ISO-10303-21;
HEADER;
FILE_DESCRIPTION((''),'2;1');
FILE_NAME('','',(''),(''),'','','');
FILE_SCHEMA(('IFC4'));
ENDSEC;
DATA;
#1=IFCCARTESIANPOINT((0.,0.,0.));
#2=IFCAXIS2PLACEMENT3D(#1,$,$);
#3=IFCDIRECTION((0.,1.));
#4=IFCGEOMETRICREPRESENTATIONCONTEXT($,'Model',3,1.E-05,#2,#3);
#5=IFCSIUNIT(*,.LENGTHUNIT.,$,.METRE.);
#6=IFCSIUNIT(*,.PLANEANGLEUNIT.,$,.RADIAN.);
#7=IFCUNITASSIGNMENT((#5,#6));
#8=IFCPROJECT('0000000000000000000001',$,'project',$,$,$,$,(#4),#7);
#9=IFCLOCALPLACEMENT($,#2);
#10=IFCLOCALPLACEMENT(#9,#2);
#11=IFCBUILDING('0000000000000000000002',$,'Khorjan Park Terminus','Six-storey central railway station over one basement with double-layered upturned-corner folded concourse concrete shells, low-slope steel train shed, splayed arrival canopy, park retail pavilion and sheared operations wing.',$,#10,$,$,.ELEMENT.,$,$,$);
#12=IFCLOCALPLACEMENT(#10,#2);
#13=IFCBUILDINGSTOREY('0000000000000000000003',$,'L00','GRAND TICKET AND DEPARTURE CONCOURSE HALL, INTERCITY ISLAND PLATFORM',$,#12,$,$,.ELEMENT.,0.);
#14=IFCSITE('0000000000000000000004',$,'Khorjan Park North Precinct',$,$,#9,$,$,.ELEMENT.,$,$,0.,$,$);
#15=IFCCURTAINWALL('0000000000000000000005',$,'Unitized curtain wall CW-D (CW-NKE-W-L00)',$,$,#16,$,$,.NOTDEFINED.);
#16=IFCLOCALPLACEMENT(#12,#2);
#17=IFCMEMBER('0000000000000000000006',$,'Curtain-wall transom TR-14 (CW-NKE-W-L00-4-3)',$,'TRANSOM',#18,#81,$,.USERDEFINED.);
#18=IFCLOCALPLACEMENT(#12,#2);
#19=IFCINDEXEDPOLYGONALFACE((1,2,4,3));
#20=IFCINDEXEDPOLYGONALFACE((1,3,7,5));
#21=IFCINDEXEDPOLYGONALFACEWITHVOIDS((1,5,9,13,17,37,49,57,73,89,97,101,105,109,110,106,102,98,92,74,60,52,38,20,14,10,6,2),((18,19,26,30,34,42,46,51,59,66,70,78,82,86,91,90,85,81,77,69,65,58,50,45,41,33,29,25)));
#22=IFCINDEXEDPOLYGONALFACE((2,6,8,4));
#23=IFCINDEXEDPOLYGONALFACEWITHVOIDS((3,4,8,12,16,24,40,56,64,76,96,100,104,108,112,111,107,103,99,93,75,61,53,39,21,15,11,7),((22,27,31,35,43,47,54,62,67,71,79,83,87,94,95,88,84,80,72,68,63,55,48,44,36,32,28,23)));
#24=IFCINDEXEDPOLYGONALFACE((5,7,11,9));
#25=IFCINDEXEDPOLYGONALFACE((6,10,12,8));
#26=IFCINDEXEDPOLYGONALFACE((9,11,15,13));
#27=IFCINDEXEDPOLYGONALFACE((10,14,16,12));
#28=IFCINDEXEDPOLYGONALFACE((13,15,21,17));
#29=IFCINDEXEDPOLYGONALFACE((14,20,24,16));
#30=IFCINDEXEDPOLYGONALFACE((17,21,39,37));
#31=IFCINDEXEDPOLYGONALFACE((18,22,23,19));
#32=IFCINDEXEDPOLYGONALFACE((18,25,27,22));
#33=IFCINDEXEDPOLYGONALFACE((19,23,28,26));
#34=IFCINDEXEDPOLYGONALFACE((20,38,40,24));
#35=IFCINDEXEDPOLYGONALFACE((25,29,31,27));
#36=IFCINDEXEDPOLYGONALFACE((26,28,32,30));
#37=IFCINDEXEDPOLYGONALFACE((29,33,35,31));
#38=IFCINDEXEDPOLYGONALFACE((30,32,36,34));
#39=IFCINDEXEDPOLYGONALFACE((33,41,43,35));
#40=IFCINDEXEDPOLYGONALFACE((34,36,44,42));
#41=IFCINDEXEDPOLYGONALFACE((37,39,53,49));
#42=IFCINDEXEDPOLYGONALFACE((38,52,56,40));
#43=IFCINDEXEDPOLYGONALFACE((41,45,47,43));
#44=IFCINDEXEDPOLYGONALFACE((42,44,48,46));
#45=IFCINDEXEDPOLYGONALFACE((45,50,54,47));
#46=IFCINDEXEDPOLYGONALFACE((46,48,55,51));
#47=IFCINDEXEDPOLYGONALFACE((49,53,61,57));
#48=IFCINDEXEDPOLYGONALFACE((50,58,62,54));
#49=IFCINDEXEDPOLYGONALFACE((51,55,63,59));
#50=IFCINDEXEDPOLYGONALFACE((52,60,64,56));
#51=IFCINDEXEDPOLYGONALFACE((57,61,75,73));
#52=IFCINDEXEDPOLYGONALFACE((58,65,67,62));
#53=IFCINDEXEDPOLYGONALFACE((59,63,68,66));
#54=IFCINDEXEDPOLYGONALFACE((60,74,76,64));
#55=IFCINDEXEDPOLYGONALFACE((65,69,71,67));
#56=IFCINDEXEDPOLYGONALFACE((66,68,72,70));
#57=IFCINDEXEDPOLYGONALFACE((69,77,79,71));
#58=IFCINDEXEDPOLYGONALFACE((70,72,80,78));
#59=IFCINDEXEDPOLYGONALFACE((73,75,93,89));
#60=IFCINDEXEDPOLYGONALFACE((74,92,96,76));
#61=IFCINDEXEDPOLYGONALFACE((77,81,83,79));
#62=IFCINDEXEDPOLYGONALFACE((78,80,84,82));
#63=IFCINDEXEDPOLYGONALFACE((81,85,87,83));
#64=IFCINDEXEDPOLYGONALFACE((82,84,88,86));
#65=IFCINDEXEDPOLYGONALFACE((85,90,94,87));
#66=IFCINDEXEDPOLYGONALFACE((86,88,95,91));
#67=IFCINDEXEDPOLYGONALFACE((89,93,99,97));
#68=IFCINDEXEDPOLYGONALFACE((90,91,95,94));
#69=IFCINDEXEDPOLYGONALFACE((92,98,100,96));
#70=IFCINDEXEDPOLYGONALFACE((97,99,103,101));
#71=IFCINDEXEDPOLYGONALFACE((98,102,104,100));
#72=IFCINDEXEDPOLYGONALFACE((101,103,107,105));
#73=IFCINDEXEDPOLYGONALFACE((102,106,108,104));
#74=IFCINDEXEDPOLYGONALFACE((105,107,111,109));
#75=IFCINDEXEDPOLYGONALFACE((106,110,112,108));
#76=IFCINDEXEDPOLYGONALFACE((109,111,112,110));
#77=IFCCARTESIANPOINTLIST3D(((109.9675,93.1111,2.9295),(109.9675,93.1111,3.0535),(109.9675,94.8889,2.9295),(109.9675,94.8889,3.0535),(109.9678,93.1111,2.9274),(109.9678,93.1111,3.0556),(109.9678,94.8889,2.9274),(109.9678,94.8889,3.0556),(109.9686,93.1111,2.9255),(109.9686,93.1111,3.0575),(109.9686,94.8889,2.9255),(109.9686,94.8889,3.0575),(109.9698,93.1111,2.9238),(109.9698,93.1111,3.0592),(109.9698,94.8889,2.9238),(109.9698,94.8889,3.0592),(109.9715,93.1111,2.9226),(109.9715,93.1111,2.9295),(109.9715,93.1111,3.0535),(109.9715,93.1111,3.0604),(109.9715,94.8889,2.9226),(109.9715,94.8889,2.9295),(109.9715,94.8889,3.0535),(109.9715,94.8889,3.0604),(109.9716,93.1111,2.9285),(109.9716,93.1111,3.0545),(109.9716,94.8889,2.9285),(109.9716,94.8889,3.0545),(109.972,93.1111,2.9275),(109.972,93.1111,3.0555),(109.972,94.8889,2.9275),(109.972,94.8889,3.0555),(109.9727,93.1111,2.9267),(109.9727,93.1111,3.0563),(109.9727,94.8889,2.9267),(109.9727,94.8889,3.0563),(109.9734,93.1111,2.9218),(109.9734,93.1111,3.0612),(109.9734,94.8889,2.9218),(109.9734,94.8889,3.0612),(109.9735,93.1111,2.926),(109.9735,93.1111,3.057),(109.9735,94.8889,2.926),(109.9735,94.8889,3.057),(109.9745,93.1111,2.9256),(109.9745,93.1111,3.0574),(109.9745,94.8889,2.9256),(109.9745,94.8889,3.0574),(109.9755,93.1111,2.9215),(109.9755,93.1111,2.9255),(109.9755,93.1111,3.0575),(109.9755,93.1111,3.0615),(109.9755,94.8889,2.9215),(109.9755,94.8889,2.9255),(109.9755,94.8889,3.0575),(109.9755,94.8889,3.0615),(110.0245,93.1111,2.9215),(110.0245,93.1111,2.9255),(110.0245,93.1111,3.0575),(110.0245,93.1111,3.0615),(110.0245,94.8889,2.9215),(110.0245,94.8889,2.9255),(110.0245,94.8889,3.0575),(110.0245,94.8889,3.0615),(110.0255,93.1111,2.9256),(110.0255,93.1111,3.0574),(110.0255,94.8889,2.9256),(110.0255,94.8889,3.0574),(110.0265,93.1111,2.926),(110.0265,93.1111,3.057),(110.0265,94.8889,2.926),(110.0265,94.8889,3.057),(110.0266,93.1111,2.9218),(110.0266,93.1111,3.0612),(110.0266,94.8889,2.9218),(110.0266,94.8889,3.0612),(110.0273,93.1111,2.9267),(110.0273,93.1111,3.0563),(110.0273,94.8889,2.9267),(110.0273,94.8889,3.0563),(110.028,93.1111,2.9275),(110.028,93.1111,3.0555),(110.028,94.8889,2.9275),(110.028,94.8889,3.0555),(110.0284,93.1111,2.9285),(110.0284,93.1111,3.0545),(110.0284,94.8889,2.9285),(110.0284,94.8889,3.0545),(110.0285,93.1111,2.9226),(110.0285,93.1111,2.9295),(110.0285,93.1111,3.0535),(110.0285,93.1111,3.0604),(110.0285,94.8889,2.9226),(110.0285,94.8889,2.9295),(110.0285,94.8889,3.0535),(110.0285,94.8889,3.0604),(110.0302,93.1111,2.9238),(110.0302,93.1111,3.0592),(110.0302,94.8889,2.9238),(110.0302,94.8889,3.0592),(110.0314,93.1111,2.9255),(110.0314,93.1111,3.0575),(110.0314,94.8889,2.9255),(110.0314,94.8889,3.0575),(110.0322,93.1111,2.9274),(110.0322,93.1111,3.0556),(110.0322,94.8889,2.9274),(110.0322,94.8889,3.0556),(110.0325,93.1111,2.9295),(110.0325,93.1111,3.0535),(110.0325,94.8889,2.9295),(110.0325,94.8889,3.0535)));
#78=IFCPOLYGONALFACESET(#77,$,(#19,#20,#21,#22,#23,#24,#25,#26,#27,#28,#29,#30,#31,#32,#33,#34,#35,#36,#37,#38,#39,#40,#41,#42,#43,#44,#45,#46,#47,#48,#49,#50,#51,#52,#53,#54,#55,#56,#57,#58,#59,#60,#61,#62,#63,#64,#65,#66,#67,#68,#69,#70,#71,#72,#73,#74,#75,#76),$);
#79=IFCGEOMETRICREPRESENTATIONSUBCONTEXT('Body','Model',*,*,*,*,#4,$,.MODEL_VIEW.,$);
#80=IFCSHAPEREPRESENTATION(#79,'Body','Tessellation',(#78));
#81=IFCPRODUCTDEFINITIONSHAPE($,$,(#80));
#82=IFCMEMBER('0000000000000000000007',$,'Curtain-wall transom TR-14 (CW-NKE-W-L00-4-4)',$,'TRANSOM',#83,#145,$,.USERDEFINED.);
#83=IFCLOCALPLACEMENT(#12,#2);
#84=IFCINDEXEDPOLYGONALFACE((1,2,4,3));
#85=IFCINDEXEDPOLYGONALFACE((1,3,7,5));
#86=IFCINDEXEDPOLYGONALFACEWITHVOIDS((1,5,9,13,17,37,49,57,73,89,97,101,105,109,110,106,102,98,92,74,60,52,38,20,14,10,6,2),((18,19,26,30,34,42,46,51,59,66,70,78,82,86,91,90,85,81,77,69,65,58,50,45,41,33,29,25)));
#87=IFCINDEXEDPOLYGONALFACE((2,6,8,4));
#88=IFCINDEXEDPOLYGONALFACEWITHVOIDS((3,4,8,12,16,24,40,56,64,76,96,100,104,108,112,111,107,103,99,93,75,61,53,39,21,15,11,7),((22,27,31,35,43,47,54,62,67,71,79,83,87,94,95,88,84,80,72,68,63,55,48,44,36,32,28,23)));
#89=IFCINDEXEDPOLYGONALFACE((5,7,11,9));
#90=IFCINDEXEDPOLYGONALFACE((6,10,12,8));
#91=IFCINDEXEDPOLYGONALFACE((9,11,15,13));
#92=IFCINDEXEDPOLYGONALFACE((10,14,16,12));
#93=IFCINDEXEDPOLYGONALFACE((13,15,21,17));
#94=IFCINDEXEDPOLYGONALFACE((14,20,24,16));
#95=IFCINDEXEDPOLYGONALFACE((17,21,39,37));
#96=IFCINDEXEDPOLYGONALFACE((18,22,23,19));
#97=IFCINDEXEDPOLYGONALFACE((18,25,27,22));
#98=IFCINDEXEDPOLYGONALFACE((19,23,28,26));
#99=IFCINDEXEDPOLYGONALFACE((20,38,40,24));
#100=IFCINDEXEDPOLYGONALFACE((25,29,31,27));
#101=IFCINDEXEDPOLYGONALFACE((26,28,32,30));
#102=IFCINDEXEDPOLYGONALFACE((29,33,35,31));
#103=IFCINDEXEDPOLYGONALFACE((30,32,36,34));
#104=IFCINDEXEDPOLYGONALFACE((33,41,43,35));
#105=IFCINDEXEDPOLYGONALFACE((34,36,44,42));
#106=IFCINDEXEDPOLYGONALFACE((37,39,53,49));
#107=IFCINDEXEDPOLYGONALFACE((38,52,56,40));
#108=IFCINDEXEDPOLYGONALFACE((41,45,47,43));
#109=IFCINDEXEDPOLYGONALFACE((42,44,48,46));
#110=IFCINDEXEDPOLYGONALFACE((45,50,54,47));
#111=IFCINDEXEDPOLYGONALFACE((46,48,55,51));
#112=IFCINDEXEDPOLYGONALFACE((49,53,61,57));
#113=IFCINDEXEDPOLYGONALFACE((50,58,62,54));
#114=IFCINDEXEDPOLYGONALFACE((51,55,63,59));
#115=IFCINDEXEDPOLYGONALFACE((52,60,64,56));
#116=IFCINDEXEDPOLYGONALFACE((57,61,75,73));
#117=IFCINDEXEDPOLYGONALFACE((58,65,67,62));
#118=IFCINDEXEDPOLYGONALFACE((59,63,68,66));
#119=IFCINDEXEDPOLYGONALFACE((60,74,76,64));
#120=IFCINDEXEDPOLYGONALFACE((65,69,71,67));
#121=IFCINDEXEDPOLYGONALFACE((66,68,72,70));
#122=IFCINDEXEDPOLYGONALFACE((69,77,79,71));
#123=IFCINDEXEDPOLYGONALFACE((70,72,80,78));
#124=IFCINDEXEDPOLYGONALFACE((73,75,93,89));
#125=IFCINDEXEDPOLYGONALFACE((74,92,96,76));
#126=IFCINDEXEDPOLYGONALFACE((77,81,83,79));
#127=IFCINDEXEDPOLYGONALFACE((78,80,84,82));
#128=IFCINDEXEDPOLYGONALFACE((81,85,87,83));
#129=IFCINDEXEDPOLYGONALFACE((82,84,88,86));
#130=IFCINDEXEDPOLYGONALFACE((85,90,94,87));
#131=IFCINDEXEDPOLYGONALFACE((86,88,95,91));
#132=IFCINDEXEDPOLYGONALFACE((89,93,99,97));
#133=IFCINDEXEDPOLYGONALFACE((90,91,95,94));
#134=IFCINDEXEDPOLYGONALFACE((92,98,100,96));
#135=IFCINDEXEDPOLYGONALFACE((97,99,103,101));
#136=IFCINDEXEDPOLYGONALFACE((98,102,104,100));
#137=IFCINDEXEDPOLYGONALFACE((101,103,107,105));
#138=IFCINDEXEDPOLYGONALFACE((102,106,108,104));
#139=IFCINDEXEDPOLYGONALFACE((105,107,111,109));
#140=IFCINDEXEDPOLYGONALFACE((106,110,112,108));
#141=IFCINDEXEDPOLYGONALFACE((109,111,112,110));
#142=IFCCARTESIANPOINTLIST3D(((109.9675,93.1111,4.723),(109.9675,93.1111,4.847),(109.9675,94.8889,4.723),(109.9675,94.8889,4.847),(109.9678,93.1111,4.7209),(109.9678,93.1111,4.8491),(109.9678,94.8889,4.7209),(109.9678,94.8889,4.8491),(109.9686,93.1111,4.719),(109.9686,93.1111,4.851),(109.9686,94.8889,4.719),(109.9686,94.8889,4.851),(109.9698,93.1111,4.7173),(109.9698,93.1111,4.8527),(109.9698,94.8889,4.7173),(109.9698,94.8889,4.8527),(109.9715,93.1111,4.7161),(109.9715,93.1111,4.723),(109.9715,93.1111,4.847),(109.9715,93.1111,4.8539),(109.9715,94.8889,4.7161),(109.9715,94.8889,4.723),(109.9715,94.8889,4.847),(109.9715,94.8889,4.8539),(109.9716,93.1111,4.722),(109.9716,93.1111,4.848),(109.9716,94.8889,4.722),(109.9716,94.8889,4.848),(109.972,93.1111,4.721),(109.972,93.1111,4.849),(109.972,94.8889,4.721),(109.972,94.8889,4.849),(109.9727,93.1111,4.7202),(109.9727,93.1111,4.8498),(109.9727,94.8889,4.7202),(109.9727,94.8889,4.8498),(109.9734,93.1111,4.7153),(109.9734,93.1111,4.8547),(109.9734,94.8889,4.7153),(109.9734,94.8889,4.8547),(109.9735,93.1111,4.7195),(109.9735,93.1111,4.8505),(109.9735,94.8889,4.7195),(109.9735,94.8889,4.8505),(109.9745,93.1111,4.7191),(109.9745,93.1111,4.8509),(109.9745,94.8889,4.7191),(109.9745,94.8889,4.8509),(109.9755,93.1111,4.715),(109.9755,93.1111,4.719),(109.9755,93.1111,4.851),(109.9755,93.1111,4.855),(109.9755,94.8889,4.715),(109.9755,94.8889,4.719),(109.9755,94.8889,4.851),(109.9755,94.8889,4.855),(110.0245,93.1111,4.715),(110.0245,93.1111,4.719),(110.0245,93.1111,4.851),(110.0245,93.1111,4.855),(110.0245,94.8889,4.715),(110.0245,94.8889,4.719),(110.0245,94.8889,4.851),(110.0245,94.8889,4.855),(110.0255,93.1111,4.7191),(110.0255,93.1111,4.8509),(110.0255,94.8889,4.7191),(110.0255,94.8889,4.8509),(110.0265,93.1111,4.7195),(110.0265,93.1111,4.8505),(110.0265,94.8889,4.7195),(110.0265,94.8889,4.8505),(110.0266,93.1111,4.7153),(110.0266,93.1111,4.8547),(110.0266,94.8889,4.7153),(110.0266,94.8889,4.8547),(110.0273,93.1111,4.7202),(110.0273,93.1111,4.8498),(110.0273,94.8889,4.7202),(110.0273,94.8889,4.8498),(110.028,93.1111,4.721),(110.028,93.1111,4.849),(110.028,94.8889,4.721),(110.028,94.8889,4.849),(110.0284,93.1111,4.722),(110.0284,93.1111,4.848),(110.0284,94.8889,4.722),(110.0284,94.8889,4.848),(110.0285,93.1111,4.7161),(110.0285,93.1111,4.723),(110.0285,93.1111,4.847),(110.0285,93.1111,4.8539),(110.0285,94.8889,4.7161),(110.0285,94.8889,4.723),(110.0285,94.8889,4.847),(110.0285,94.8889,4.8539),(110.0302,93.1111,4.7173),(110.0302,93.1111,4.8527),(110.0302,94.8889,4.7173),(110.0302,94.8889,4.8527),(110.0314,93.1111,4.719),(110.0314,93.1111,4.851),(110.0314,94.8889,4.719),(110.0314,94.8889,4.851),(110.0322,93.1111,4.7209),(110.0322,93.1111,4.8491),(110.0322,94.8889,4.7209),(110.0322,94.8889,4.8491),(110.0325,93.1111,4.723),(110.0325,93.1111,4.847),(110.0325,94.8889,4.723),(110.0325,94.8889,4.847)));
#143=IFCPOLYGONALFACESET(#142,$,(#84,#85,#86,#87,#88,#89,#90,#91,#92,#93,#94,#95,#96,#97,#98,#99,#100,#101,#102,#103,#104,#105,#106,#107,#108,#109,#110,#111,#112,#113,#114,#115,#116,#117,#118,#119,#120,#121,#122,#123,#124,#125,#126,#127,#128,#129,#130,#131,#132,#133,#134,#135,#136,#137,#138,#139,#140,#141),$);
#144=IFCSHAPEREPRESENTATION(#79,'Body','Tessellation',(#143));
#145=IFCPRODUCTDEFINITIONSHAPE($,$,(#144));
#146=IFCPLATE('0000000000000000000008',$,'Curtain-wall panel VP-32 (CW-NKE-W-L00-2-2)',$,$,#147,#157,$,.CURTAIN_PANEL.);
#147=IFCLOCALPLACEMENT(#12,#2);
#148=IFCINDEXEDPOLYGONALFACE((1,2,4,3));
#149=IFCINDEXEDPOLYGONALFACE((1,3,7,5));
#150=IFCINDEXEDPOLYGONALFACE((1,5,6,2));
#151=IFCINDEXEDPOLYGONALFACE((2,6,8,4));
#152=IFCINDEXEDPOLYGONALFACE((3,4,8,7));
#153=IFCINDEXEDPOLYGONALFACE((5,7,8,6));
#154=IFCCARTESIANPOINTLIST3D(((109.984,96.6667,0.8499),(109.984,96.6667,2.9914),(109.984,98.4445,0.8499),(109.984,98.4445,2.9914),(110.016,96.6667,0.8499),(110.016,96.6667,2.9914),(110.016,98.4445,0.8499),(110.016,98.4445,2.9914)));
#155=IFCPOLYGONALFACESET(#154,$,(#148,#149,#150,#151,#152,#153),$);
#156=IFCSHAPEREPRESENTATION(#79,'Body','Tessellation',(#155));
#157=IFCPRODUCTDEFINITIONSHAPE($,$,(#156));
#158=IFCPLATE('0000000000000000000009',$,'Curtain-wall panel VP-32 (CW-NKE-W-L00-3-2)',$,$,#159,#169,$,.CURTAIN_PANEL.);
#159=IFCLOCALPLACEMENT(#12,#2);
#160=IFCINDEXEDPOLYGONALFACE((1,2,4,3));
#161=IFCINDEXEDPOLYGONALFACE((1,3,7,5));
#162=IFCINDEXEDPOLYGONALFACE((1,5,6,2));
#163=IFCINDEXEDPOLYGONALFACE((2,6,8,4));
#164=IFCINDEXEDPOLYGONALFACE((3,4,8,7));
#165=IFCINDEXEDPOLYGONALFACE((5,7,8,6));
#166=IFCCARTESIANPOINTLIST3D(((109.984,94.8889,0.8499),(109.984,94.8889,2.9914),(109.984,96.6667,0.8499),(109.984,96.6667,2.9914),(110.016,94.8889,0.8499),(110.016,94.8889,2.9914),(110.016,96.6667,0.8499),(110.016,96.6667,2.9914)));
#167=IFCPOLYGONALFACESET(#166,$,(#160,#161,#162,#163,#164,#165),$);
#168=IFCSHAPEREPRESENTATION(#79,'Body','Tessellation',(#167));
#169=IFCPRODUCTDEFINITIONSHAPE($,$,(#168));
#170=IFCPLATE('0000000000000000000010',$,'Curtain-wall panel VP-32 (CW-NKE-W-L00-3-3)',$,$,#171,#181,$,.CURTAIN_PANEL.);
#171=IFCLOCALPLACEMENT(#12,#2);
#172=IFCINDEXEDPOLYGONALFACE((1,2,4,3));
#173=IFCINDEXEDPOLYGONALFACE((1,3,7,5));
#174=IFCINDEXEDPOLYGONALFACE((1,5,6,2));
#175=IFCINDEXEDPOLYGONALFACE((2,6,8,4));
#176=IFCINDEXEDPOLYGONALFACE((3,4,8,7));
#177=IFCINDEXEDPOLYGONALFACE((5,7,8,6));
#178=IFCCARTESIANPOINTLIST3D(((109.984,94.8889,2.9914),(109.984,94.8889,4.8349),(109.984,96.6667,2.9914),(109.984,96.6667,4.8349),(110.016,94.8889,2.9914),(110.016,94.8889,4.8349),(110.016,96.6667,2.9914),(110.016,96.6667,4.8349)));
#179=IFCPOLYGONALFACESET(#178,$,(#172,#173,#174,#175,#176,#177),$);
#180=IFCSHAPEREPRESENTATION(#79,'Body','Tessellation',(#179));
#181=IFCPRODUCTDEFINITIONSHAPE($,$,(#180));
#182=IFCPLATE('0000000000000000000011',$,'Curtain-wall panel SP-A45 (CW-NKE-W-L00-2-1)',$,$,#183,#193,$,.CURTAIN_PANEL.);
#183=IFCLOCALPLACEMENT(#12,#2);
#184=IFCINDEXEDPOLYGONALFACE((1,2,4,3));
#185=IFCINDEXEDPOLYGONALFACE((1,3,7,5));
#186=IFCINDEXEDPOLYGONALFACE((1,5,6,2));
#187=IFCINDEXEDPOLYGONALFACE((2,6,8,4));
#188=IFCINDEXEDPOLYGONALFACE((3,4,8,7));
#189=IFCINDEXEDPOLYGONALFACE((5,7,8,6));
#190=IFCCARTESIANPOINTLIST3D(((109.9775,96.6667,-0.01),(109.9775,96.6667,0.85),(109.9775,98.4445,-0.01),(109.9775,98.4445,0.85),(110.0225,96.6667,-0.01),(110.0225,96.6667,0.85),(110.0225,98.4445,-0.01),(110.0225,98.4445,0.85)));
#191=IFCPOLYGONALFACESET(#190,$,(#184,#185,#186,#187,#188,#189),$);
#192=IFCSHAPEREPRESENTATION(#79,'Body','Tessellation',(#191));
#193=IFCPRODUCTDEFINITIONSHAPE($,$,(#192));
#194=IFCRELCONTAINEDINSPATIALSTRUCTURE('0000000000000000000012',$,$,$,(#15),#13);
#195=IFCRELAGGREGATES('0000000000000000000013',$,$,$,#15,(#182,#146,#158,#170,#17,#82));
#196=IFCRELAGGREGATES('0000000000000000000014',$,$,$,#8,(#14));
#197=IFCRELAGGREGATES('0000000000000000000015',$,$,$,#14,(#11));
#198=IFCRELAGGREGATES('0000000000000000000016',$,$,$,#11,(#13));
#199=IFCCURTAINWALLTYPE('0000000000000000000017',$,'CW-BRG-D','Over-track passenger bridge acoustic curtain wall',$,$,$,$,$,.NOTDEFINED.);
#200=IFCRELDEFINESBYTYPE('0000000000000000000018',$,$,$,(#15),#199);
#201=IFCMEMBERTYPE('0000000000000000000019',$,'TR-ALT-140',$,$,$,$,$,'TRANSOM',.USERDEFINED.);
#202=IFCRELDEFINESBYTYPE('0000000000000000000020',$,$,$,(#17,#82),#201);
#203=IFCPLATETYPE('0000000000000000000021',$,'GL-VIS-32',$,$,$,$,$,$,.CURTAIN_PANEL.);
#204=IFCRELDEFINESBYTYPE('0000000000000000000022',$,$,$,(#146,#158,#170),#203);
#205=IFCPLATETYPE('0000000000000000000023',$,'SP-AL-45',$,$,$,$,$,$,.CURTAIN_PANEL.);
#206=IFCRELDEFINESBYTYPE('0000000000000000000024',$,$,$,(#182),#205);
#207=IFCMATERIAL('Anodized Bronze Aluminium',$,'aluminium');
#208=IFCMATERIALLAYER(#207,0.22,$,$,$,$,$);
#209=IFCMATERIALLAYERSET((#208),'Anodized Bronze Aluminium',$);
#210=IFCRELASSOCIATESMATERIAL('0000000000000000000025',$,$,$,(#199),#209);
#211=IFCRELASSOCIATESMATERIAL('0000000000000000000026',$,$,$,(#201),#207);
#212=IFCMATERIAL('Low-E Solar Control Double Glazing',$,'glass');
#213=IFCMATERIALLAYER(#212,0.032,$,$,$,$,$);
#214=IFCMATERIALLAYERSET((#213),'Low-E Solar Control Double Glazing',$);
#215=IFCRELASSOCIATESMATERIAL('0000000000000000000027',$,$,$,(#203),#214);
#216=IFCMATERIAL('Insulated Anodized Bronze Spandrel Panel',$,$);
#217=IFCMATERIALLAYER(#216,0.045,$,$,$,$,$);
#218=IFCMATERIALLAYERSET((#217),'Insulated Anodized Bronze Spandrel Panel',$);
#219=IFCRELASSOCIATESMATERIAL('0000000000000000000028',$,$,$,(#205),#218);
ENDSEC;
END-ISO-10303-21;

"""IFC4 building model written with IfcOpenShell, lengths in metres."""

from ifc_helpers import new_model, si_unit, direction, frame, origin, origin_2d, place, context, subcontext, project, spatial, rectangle, hollow_rectangle, extrude, material, layer, layer_set, material_profile, profile_set, type_object, element, aggregate, save


model = new_model("IFC4")

# Units and contexts
model_context = context("Model", 3, precision=1e-05, world=origin(), true_north=direction((0.0, 1.0)))
body_context = subcontext(model_context, "Body", "Model", "MODEL_VIEW")
ifc_project = project(units=[si_unit("LENGTHUNIT", "METRE"), si_unit("PLANEANGLEUNIT", "RADIAN")], contexts=[model_context])

# Site, building, storey
site_placement = place(None, origin())
site = spatial("IfcSite", under=ifc_project, at=site_placement, Name="Khorjan Park North Precinct", CompositionType="ELEMENT", RefElevation=0.0)
building_placement = place(site_placement, origin())
building = spatial("IfcBuilding", under=site, at=building_placement, Name="Khorjan Park Terminus", Description="Six-storey central railway station over one basement with double-layered upturned-corner folded concourse concrete shells, low-slope steel train shed, splayed arrival canopy, park retail pavilion and sheared operations wing.", CompositionType="ELEMENT")
storey_placement = place(building_placement, origin())
storey = spatial("IfcBuildingStorey", under=building, at=storey_placement, Name="L00", Description="GRAND TICKET AND DEPARTURE CONCOURSE HALL, INTERCITY ISLAND PLATFORM", CompositionType="ELEMENT", Elevation=0.0)

# Curtain wall, members, plates
ifc_material_1 = material(Name="Anodized Bronze Aluminium", Category="aluminium")
ifc_layer_1 = layer(ifc_material_1, 0.22)
ifc_layer_set_1 = layer_set([ifc_layer_1], Name="Anodized Bronze Aluminium")
curtain_wall_type = type_object("IfcCurtainWallType", Name="CW-BRG-D", Description="Over-track passenger bridge acoustic curtain wall", PredefinedType="NOTDEFINED", material=ifc_layer_set_1)
curtain_wall_placement = place(storey_placement, origin())
curtain_wall = element("IfcCurtainWall", 1, at=curtain_wall_placement, inside=storey, type_object=curtain_wall_type, Name="Unitized curtain wall CW-D (CW-NKE-W-L00)", PredefinedType="NOTDEFINED")
ifc_material_profile_1 = material_profile(ifc_material_1, hollow_rectangle(XDim=0.065, YDim=0.14, WallThickness=0.004, InnerFilletRadius=0.004, OuterFilletRadius=0.008, at=origin_2d()), Name="ALT 65x140x4")
ifc_profile_set_1 = profile_set([ifc_material_profile_1], Name="Anodized Bronze Aluminium")
member_type_1 = type_object("IfcMemberType", Name="TR-ALT-140", ElementType="TRANSOM", PredefinedType="USERDEFINED", material=ifc_profile_set_1)
member_1_placement = place(storey_placement, frame((110.0, 94.8889, 2.9915), z_axis=(0.0, -1.0, 0.0), x_axis=(1.0, 0.0, 0.0)))
member_1 = element("IfcMember", 2, at=member_1_placement, type_object=member_type_1, Name="Curtain-wall transom TR-14 (CW-NKE-W-L00-4-3)", ObjectType="TRANSOM", PredefinedType="USERDEFINED", context=body_context, shape_type="SweptSolid", body=[
    extrude(hollow_rectangle(XDim=0.065, YDim=0.14, WallThickness=0.004, InnerFilletRadius=0.004, OuterFilletRadius=0.008, at=origin_2d()), origin(), (0.0, 0.0, 1.0), 1.7778),
])
member_2_placement = place(storey_placement, frame((110.0, 94.8889, 4.785), z_axis=(0.0, -1.0, 0.0), x_axis=(1.0, 0.0, 0.0)))
member_2 = element("IfcMember", 3, at=member_2_placement, type_object=member_type_1, Name="Curtain-wall transom TR-14 (CW-NKE-W-L00-4-4)", ObjectType="TRANSOM", PredefinedType="USERDEFINED", context=body_context, shape_type="SweptSolid", body=[
    extrude(hollow_rectangle(XDim=0.065, YDim=0.14, WallThickness=0.004, InnerFilletRadius=0.004, OuterFilletRadius=0.008, at=origin_2d()), origin(), (0.0, 0.0, 1.0), 1.7778),
])
ifc_material_2 = material(Name="Low-E Solar Control Double Glazing", Category="glass")
ifc_layer_2 = layer(ifc_material_2, 0.032)
ifc_layer_set_2 = layer_set([ifc_layer_2], Name="Low-E Solar Control Double Glazing")
plate_type_1 = type_object("IfcPlateType", Name="GL-VIS-32", PredefinedType="CURTAIN_PANEL", material=ifc_layer_set_2)
plate_1_placement = place(storey_placement, frame((110.0, 97.5556, 0.8499), z_axis=(0.0, 0.0, 1.0), x_axis=(0.0, -1.0, 0.0)))
plate_1 = element("IfcPlate", 4, at=plate_1_placement, type_object=plate_type_1, Name="Curtain-wall panel VP-32 (CW-NKE-W-L00-2-2)", PredefinedType="CURTAIN_PANEL", context=body_context, shape_type="SweptSolid", body=[
    extrude(rectangle(XDim=1.7778, YDim=0.032, at=origin_2d()), origin(), (0.0, 0.0, 1.0), 2.1415),
])
plate_2_placement = place(storey_placement, frame((110.0, 95.7778, 0.8499), z_axis=(0.0, 0.0, 1.0), x_axis=(0.0, -1.0, 0.0)))
plate_2 = element("IfcPlate", 5, at=plate_2_placement, type_object=plate_type_1, Name="Curtain-wall panel VP-32 (CW-NKE-W-L00-3-2)", PredefinedType="CURTAIN_PANEL", context=body_context, shape_type="SweptSolid", body=[
    extrude(rectangle(XDim=1.7778, YDim=0.032, at=origin_2d()), origin(), (0.0, 0.0, 1.0), 2.1415),
])
plate_3_placement = place(storey_placement, frame((110.0, 95.7778, 2.9914), z_axis=(0.0, 0.0, 1.0), x_axis=(0.0, -1.0, 0.0)))
plate_3 = element("IfcPlate", 6, at=plate_3_placement, type_object=plate_type_1, Name="Curtain-wall panel VP-32 (CW-NKE-W-L00-3-3)", PredefinedType="CURTAIN_PANEL", context=body_context, shape_type="SweptSolid", body=[
    extrude(rectangle(XDim=1.7778, YDim=0.032, at=origin_2d()), origin(), (0.0, 0.0, 1.0), 1.8435),
])
ifc_material_3 = material(Name="Insulated Anodized Bronze Spandrel Panel")
ifc_layer_3 = layer(ifc_material_3, 0.045)
ifc_layer_set_3 = layer_set([ifc_layer_3], Name="Insulated Anodized Bronze Spandrel Panel")
plate_type_2 = type_object("IfcPlateType", Name="SP-AL-45", PredefinedType="CURTAIN_PANEL", material=ifc_layer_set_3)
plate_4_placement = place(storey_placement, frame((110.0, 97.5556, -0.01), z_axis=(0.0, 0.0, 1.0), x_axis=(0.0, -1.0, 0.0)))
plate_4 = element("IfcPlate", 7, at=plate_4_placement, type_object=plate_type_2, Name="Curtain-wall panel SP-A45 (CW-NKE-W-L00-2-1)", PredefinedType="CURTAIN_PANEL", context=body_context, shape_type="SweptSolid", body=[
    extrude(rectangle(XDim=1.7778, YDim=0.045, at=origin_2d()), origin(), (0.0, 0.0, 1.0), 0.86),
])
aggregate(curtain_wall, [plate_4, plate_1, plate_2, plate_3, member_1, member_2])

save(model, "model.ifc")
